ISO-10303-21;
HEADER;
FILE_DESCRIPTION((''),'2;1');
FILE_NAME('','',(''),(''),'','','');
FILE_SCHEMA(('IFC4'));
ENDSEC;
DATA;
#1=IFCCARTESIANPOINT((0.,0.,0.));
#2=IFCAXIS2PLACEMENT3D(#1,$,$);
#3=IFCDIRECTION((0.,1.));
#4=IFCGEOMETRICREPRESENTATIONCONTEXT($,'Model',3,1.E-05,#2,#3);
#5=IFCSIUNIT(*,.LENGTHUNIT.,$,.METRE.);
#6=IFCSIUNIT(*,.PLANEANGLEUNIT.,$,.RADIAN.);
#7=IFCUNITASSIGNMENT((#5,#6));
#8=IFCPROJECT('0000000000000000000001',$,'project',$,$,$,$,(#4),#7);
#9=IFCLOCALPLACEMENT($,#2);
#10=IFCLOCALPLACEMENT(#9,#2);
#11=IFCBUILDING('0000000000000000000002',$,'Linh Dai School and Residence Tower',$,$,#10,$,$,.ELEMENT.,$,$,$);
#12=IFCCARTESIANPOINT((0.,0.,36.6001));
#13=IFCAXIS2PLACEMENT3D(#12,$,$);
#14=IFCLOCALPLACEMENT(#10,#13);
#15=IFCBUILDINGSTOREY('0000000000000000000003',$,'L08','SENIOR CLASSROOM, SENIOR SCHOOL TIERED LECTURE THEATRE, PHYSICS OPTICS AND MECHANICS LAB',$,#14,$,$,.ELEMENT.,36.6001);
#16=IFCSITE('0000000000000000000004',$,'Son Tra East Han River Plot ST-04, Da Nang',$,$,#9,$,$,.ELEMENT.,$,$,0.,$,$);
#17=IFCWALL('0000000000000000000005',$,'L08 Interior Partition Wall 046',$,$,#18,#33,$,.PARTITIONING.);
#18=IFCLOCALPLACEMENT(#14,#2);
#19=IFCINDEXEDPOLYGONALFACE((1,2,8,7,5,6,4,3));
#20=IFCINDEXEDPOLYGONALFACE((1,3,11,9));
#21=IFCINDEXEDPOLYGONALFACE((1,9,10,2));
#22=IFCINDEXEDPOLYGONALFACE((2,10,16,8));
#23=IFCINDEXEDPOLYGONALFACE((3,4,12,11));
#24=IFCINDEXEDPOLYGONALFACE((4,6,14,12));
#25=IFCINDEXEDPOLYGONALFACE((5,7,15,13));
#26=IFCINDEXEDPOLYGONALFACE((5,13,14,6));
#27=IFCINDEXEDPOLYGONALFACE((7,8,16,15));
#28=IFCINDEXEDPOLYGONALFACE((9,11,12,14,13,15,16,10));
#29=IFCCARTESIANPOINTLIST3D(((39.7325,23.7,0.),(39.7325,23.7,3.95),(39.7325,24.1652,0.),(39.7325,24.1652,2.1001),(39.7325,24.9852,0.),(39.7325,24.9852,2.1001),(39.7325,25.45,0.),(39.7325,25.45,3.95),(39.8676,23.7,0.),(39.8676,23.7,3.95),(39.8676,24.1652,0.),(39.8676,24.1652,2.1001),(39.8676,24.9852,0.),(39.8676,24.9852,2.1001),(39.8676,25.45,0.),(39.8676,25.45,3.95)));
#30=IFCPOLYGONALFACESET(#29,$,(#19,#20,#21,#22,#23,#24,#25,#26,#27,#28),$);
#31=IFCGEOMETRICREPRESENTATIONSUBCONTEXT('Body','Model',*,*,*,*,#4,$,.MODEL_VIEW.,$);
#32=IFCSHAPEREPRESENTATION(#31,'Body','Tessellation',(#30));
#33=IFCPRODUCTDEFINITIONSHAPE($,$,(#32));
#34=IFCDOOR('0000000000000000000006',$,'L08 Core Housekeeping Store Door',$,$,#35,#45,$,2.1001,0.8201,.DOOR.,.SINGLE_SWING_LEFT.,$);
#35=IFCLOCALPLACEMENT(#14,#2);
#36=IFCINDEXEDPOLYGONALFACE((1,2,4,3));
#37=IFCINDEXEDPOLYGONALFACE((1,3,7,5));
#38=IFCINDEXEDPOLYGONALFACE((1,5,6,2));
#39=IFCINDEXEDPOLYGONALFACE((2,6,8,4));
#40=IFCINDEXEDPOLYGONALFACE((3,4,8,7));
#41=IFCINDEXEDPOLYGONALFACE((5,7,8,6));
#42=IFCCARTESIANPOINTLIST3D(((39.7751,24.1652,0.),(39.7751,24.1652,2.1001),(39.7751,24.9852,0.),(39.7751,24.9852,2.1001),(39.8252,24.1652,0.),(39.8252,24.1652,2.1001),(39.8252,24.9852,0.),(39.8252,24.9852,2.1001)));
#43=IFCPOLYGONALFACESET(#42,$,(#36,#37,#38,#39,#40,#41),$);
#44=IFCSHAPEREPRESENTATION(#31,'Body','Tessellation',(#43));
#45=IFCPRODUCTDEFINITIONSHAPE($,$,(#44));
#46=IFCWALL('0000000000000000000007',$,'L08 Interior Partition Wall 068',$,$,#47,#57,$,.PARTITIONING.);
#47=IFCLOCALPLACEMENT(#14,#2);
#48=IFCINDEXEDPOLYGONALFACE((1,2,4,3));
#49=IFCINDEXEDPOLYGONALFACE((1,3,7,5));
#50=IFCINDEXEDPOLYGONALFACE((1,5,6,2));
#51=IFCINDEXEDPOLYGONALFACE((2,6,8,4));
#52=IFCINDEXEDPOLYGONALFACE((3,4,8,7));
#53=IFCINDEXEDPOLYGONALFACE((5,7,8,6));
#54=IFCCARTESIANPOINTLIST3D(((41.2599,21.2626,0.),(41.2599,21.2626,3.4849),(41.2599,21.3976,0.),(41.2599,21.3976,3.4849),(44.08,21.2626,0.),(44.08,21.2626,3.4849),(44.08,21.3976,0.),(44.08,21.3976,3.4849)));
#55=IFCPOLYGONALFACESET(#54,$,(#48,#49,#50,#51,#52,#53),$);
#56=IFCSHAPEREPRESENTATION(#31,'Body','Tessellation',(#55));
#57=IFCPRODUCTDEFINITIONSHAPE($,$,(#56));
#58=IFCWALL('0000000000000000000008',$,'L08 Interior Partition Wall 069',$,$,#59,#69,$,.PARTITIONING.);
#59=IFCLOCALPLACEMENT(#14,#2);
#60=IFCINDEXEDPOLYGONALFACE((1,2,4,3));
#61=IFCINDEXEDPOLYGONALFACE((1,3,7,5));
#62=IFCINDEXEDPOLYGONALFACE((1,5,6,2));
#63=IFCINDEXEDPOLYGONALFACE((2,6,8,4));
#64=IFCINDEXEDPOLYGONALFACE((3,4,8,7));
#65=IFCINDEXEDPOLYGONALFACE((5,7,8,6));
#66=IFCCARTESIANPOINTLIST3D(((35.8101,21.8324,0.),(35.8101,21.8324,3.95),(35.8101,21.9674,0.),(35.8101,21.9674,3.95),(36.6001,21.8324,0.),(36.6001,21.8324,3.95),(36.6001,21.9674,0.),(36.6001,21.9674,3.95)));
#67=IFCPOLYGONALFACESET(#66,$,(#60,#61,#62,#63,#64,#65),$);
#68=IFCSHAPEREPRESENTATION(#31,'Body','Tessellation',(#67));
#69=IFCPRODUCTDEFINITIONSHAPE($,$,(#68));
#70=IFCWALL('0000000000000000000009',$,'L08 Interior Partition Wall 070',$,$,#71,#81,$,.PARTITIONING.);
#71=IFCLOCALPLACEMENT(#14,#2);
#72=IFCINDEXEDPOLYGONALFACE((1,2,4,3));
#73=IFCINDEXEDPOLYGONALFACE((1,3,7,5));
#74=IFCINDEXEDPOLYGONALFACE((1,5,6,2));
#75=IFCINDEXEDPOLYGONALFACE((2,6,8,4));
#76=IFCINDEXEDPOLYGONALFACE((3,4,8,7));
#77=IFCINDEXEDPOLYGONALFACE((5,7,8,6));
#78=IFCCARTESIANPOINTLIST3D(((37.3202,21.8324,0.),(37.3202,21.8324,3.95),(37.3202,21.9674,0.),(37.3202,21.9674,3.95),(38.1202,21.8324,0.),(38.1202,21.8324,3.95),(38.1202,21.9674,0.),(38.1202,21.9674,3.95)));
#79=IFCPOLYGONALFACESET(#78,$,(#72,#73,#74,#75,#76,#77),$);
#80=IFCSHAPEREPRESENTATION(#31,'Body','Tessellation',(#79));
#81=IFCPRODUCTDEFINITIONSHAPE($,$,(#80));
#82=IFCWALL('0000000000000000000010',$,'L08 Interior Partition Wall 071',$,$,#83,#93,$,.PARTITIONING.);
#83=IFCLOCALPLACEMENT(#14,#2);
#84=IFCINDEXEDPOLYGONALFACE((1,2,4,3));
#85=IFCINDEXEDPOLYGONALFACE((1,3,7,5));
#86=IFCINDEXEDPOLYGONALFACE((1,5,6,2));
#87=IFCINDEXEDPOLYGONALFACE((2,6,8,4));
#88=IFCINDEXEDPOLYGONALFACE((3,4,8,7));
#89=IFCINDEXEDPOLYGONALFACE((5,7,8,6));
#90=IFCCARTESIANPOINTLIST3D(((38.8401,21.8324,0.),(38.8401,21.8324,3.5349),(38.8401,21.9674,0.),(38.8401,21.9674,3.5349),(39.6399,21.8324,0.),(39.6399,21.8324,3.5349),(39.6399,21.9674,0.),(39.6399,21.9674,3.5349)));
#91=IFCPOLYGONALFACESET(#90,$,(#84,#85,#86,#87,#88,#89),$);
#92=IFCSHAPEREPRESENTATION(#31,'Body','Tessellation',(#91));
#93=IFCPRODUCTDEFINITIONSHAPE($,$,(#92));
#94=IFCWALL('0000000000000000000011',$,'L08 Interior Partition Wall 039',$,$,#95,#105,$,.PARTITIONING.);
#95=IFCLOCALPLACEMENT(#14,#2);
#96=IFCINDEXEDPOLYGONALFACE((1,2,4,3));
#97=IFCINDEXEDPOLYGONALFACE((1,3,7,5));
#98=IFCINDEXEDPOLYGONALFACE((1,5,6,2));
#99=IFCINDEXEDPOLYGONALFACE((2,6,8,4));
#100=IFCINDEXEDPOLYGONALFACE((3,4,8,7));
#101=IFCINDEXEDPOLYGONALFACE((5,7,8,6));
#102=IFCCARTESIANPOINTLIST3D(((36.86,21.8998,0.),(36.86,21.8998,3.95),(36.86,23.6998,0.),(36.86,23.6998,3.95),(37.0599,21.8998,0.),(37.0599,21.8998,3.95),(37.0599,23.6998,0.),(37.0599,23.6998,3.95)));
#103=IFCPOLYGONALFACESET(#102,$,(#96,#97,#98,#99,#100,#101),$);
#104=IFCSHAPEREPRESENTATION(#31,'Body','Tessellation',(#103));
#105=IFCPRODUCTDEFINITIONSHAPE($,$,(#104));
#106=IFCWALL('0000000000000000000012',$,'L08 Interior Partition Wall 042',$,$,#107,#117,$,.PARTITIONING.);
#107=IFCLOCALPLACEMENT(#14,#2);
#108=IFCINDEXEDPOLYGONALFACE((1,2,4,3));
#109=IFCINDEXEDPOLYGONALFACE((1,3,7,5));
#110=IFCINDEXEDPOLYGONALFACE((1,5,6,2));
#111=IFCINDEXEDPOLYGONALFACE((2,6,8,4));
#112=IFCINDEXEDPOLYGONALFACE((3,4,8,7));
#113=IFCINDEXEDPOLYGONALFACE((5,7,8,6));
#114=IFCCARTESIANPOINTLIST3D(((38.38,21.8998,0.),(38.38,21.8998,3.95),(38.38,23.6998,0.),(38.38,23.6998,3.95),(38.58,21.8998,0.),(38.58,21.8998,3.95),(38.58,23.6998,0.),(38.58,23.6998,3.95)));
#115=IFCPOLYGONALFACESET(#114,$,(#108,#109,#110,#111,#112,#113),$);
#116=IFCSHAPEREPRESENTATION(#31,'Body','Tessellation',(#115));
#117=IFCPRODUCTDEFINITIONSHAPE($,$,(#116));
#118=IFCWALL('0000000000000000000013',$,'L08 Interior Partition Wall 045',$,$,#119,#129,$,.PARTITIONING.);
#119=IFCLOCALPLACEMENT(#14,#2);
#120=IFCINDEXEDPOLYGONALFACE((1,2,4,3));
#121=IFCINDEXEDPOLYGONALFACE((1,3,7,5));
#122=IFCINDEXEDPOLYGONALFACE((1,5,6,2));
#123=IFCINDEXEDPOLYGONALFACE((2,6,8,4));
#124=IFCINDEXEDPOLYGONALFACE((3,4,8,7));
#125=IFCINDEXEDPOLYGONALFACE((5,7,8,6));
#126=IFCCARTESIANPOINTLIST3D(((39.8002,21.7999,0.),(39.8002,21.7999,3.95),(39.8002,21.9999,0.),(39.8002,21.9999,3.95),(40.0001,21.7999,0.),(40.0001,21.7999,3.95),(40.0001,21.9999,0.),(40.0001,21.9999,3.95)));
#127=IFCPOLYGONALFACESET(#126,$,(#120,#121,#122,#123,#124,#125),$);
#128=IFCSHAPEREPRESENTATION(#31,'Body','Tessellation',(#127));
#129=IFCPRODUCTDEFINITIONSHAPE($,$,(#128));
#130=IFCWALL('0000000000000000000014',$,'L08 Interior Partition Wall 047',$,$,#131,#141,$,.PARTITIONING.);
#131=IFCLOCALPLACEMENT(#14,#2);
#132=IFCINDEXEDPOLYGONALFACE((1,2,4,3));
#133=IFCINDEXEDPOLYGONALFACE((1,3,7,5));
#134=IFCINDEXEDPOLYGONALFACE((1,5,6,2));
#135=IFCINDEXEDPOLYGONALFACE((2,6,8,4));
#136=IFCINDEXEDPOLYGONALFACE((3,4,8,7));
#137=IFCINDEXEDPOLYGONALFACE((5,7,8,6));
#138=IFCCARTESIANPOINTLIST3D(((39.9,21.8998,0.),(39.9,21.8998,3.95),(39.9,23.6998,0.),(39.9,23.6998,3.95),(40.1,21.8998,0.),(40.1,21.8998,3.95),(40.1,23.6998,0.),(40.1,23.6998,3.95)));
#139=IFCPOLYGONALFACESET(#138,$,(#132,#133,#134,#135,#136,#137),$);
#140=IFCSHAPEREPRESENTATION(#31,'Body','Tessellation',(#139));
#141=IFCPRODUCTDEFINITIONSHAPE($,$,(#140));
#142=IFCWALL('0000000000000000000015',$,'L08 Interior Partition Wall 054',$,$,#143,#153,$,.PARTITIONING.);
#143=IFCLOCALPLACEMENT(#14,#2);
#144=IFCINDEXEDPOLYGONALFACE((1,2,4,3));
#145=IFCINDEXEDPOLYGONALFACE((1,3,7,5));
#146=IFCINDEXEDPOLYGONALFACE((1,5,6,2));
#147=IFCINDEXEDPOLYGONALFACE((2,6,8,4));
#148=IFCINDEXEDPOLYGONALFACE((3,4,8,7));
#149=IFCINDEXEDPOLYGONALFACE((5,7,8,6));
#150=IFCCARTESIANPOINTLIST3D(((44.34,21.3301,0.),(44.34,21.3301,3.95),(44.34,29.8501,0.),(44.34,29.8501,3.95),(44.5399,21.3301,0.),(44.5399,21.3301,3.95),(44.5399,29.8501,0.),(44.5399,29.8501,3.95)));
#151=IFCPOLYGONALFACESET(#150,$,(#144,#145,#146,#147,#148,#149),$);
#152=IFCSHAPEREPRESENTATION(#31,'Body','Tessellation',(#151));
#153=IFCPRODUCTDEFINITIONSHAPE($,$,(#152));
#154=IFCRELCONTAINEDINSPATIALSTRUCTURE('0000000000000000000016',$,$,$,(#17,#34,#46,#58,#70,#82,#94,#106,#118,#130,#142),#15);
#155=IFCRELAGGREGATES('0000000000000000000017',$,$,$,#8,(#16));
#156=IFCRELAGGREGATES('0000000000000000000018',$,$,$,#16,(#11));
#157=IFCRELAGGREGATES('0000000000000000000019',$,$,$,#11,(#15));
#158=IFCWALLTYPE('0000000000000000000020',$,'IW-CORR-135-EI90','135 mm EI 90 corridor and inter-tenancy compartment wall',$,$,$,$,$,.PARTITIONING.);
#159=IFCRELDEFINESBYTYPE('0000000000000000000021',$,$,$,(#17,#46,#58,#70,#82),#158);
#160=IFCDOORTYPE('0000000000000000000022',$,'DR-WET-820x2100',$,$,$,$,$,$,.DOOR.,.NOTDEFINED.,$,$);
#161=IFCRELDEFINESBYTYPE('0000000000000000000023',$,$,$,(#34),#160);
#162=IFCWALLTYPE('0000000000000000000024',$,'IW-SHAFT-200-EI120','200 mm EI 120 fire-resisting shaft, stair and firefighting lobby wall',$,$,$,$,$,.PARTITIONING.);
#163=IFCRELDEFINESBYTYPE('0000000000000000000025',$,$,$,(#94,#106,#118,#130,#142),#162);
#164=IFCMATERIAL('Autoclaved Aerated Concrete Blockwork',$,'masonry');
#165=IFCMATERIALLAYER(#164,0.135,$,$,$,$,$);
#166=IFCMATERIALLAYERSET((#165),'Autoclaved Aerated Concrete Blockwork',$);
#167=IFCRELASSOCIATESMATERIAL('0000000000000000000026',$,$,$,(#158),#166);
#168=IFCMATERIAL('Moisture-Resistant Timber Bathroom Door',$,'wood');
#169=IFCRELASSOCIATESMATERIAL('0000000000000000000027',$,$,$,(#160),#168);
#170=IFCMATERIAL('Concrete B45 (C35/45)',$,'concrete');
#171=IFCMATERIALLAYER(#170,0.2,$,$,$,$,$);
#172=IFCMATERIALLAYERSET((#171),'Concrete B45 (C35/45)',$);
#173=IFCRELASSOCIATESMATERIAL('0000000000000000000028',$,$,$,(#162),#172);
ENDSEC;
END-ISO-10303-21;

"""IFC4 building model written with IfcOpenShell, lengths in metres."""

from ifc_helpers import new_model, si_unit, direction, frame, frame_2d, origin, origin_2d, place, context, subcontext, project, spatial, rectangle, extrude, source, transform, mapped, material, layer, layer_set, type_object, element, fill, save


model = new_model("IFC4")

# Units and contexts
model_context = context("Model", 3, precision=1e-05, world=origin(), true_north=direction((0.0, 1.0)))
body_context = subcontext(model_context, "Body", "Model", "MODEL_VIEW")
ifc_project = project(units=[si_unit("LENGTHUNIT", "METRE"), si_unit("PLANEANGLEUNIT", "RADIAN")], contexts=[model_context])

# Site, building, storey
site_placement = place(None, origin())
site = spatial("IfcSite", under=ifc_project, at=site_placement, Name="Son Tra East Han River Plot ST-04, Da Nang", CompositionType="ELEMENT", RefElevation=0.0)
building_placement = place(site_placement, origin())
building = spatial("IfcBuilding", under=site, at=building_placement, Name="Linh Dai School and Residence Tower", CompositionType="ELEMENT")
storey_placement = place(building_placement, frame((0.0, 0.0, 36.6001)))
storey = spatial("IfcBuildingStorey", under=building, at=storey_placement, Name="L08", Description="SENIOR CLASSROOM, SENIOR SCHOOL TIERED LECTURE THEATRE, PHYSICS OPTICS AND MECHANICS LAB", CompositionType="ELEMENT", Elevation=36.6001)

# Wall, opening, door
ifc_material_1 = material(Name="Autoclaved Aerated Concrete Blockwork", Category="masonry")
ifc_layer_1 = layer(ifc_material_1, 0.135)
ifc_layer_set_1 = layer_set([ifc_layer_1], Name="Autoclaved Aerated Concrete Blockwork")
wall_type_1 = type_object("IfcWallType", Name="IW-CORR-135-EI90", Description="135 mm EI 90 corridor and inter-tenancy compartment wall", PredefinedType="PARTITIONING", material=ifc_layer_set_1)
wall_1_placement = place(storey_placement, frame((39.8, 23.7, 0.0), z_axis=(0.0, 0.0, 1.0), x_axis=(0.0, 1.0, 0.0)))
wall_1 = element("IfcWall", 1, at=wall_1_placement, inside=storey, type_object=wall_type_1, Name="L08 Interior Partition Wall 046", PredefinedType="PARTITIONING", context=body_context, shape_type="SweptSolid", body=[
    extrude(rectangle(XDim=1.75, YDim=0.135, at=frame_2d((0.875, 0.0))), origin(), (0.0, 0.0, 1.0), 3.95),
])
opening_placement = place(wall_1_placement, frame((0.4651, 0.0, 0.0)))
opening = element("IfcOpeningElement", 2, at=opening_placement, cuts=wall_1, PredefinedType="OPENING", context=body_context, shape_type="SweptSolid", body=[
    extrude(rectangle(XDim=0.8201, YDim=2.1001, at=origin_2d()), frame((0.4102, 0.0776, 1.05), z_axis=(0.0, -1.0, 0.0), x_axis=(1.0, 0.0, 0.0)), (0.0, 0.0, 1.0), 0.155),
])
ifc_material_2 = material(Name="Moisture-Resistant Timber Bathroom Door", Category="wood")
door_type = type_object("IfcDoorType", Name="DR-WET-820x2100", OperationType="NOTDEFINED", PredefinedType="DOOR", material=ifc_material_2)
shared_shape_1 = source(origin(), body_context, "Body", "SweptSolid", [
    extrude(rectangle(XDim=0.8201, YDim=2.1001, at=origin_2d()), frame((0.4102, 0.0249, 1.05), z_axis=(0.0, -1.0, 0.0), x_axis=(1.0, 0.0, 0.0)), (0.0, 0.0, 1.0), 0.05),
])
door_placement = place(opening_placement, origin())
door = element("IfcDoor", 3, at=door_placement, inside=storey, type_object=door_type, Name="L08 Core Housekeeping Store Door", OperationType="SINGLE_SWING_LEFT", OverallHeight=2.1001, OverallWidth=0.8201, PredefinedType="DOOR", context=body_context, shape_type="MappedRepresentation", body=[
    mapped(shared_shape_1, transform((0.0, 0.0, 0.0), x_axis=(1.0, 0.0, 0.0), y_axis=(0.0, 1.0, 0.0), z_axis=(0.0, 0.0, 1.0), scale=1.0)),
])
fill(opening, door)

# Walls
wall_2_placement = place(storey_placement, frame((44.0801, 21.3301, 0.0), z_axis=(0.0, 0.0, 1.0), x_axis=(-1.0, 0.0, 0.0)))
element("IfcWall", 4, at=wall_2_placement, inside=storey, type_object=wall_type_1, Name="L08 Interior Partition Wall 068", PredefinedType="PARTITIONING", context=body_context, shape_type="SweptSolid", body=[
    extrude(rectangle(XDim=2.8201, YDim=0.135, at=frame_2d((1.4102, 0.0))), origin(), (0.0, 0.0, 1.0), 3.4849),
])
wall_3_placement = place(storey_placement, frame((36.6001, 21.8999, 0.0), z_axis=(0.0, 0.0, 1.0), x_axis=(-1.0, 0.0, 0.0)))
element("IfcWall", 5, at=wall_3_placement, inside=storey, type_object=wall_type_1, Name="L08 Interior Partition Wall 069", PredefinedType="PARTITIONING", context=body_context, shape_type="SweptSolid", body=[
    extrude(rectangle(XDim=0.79, YDim=0.135, at=frame_2d((0.395, 0.0))), origin(), (0.0, 0.0, 1.0), 3.95),
])
wall_4_placement = place(storey_placement, frame((38.1201, 21.8999, 0.0), z_axis=(0.0, 0.0, 1.0), x_axis=(-1.0, 0.0, 0.0)))
element("IfcWall", 6, at=wall_4_placement, inside=storey, type_object=wall_type_1, Name="L08 Interior Partition Wall 070", PredefinedType="PARTITIONING", context=body_context, shape_type="SweptSolid", body=[
    extrude(rectangle(XDim=0.8, YDim=0.135, at=frame_2d((0.3999, 0.0))), origin(), (0.0, 0.0, 1.0), 3.95),
])
wall_5_placement = place(storey_placement, frame((39.6399, 21.8999, 0.0), z_axis=(0.0, 0.0, 1.0), x_axis=(-1.0, 0.0, 0.0)))
element("IfcWall", 7, at=wall_5_placement, inside=storey, type_object=wall_type_1, Name="L08 Interior Partition Wall 071", PredefinedType="PARTITIONING", context=body_context, shape_type="SweptSolid", body=[
    extrude(rectangle(XDim=0.7998, YDim=0.135, at=frame_2d((0.3999, 0.0))), origin(), (0.0, 0.0, 1.0), 3.5349),
])
ifc_material_3 = material(Name="Concrete B45 (C35/45)", Category="concrete")
ifc_layer_2 = layer(ifc_material_3, 0.2)
ifc_layer_set_2 = layer_set([ifc_layer_2], Name="Concrete B45 (C35/45)")
wall_type_2 = type_object("IfcWallType", Name="IW-SHAFT-200-EI120", Description="200 mm EI 120 fire-resisting shaft, stair and firefighting lobby wall", PredefinedType="PARTITIONING", material=ifc_layer_set_2)
for number, where, z_axis, x_axis, name in (
    (8, (36.96, 21.8999, 0.0), (0.0, 0.0, 1.0), (0.0, 1.0, 0.0), "L08 Interior Partition Wall 039"),
    (9, (38.48, 21.8999, 0.0), (0.0, 0.0, 1.0), (0.0, 1.0, 0.0), "L08 Interior Partition Wall 042"),
):
    element("IfcWall", number, at=place(storey_placement, frame(where, z_axis=z_axis, x_axis=x_axis)), inside=storey, type_object=wall_type_2, Name=name, PredefinedType="PARTITIONING", context=body_context, shape_type="SweptSolid", body=[
        extrude(rectangle(XDim=1.8, YDim=0.2, at=frame_2d((0.8999, 0.0))), origin(), (0.0, 0.0, 1.0), 3.95),
    ])
wall_6_placement = place(storey_placement, frame((39.8, 21.8999, 0.0), z_axis=(0.0, 0.0, 1.0), x_axis=(1.0, 0.0, 0.0)))
element("IfcWall", 10, at=wall_6_placement, inside=storey, type_object=wall_type_2, Name="L08 Interior Partition Wall 045", PredefinedType="PARTITIONING", context=body_context, shape_type="SweptSolid", body=[
    extrude(rectangle(XDim=0.2, YDim=0.2, at=frame_2d((0.1001, 0.0))), origin(), (0.0, 0.0, 1.0), 3.95),
])
wall_7_placement = place(storey_placement, frame((40.0, 21.8999, 0.0), z_axis=(0.0, 0.0, 1.0), x_axis=(0.0, 1.0, 0.0)))
element("IfcWall", 11, at=wall_7_placement, inside=storey, type_object=wall_type_2, Name="L08 Interior Partition Wall 047", PredefinedType="PARTITIONING", context=body_context, shape_type="SweptSolid", body=[
    extrude(rectangle(XDim=1.8, YDim=0.2, at=frame_2d((0.8999, 0.0))), origin(), (0.0, 0.0, 1.0), 3.95),
])
wall_8_placement = place(storey_placement, frame((44.4399, 21.3301, 0.0), z_axis=(0.0, 0.0, 1.0), x_axis=(0.0, 1.0, 0.0)))
element("IfcWall", 12, at=wall_8_placement, inside=storey, type_object=wall_type_2, Name="L08 Interior Partition Wall 054", PredefinedType="PARTITIONING", context=body_context, shape_type="SweptSolid", body=[
    extrude(rectangle(XDim=8.52, YDim=0.2, at=frame_2d((4.26, 0.0))), origin(), (0.0, 0.0, 1.0), 3.95),
])

save(model, "model.ifc")
